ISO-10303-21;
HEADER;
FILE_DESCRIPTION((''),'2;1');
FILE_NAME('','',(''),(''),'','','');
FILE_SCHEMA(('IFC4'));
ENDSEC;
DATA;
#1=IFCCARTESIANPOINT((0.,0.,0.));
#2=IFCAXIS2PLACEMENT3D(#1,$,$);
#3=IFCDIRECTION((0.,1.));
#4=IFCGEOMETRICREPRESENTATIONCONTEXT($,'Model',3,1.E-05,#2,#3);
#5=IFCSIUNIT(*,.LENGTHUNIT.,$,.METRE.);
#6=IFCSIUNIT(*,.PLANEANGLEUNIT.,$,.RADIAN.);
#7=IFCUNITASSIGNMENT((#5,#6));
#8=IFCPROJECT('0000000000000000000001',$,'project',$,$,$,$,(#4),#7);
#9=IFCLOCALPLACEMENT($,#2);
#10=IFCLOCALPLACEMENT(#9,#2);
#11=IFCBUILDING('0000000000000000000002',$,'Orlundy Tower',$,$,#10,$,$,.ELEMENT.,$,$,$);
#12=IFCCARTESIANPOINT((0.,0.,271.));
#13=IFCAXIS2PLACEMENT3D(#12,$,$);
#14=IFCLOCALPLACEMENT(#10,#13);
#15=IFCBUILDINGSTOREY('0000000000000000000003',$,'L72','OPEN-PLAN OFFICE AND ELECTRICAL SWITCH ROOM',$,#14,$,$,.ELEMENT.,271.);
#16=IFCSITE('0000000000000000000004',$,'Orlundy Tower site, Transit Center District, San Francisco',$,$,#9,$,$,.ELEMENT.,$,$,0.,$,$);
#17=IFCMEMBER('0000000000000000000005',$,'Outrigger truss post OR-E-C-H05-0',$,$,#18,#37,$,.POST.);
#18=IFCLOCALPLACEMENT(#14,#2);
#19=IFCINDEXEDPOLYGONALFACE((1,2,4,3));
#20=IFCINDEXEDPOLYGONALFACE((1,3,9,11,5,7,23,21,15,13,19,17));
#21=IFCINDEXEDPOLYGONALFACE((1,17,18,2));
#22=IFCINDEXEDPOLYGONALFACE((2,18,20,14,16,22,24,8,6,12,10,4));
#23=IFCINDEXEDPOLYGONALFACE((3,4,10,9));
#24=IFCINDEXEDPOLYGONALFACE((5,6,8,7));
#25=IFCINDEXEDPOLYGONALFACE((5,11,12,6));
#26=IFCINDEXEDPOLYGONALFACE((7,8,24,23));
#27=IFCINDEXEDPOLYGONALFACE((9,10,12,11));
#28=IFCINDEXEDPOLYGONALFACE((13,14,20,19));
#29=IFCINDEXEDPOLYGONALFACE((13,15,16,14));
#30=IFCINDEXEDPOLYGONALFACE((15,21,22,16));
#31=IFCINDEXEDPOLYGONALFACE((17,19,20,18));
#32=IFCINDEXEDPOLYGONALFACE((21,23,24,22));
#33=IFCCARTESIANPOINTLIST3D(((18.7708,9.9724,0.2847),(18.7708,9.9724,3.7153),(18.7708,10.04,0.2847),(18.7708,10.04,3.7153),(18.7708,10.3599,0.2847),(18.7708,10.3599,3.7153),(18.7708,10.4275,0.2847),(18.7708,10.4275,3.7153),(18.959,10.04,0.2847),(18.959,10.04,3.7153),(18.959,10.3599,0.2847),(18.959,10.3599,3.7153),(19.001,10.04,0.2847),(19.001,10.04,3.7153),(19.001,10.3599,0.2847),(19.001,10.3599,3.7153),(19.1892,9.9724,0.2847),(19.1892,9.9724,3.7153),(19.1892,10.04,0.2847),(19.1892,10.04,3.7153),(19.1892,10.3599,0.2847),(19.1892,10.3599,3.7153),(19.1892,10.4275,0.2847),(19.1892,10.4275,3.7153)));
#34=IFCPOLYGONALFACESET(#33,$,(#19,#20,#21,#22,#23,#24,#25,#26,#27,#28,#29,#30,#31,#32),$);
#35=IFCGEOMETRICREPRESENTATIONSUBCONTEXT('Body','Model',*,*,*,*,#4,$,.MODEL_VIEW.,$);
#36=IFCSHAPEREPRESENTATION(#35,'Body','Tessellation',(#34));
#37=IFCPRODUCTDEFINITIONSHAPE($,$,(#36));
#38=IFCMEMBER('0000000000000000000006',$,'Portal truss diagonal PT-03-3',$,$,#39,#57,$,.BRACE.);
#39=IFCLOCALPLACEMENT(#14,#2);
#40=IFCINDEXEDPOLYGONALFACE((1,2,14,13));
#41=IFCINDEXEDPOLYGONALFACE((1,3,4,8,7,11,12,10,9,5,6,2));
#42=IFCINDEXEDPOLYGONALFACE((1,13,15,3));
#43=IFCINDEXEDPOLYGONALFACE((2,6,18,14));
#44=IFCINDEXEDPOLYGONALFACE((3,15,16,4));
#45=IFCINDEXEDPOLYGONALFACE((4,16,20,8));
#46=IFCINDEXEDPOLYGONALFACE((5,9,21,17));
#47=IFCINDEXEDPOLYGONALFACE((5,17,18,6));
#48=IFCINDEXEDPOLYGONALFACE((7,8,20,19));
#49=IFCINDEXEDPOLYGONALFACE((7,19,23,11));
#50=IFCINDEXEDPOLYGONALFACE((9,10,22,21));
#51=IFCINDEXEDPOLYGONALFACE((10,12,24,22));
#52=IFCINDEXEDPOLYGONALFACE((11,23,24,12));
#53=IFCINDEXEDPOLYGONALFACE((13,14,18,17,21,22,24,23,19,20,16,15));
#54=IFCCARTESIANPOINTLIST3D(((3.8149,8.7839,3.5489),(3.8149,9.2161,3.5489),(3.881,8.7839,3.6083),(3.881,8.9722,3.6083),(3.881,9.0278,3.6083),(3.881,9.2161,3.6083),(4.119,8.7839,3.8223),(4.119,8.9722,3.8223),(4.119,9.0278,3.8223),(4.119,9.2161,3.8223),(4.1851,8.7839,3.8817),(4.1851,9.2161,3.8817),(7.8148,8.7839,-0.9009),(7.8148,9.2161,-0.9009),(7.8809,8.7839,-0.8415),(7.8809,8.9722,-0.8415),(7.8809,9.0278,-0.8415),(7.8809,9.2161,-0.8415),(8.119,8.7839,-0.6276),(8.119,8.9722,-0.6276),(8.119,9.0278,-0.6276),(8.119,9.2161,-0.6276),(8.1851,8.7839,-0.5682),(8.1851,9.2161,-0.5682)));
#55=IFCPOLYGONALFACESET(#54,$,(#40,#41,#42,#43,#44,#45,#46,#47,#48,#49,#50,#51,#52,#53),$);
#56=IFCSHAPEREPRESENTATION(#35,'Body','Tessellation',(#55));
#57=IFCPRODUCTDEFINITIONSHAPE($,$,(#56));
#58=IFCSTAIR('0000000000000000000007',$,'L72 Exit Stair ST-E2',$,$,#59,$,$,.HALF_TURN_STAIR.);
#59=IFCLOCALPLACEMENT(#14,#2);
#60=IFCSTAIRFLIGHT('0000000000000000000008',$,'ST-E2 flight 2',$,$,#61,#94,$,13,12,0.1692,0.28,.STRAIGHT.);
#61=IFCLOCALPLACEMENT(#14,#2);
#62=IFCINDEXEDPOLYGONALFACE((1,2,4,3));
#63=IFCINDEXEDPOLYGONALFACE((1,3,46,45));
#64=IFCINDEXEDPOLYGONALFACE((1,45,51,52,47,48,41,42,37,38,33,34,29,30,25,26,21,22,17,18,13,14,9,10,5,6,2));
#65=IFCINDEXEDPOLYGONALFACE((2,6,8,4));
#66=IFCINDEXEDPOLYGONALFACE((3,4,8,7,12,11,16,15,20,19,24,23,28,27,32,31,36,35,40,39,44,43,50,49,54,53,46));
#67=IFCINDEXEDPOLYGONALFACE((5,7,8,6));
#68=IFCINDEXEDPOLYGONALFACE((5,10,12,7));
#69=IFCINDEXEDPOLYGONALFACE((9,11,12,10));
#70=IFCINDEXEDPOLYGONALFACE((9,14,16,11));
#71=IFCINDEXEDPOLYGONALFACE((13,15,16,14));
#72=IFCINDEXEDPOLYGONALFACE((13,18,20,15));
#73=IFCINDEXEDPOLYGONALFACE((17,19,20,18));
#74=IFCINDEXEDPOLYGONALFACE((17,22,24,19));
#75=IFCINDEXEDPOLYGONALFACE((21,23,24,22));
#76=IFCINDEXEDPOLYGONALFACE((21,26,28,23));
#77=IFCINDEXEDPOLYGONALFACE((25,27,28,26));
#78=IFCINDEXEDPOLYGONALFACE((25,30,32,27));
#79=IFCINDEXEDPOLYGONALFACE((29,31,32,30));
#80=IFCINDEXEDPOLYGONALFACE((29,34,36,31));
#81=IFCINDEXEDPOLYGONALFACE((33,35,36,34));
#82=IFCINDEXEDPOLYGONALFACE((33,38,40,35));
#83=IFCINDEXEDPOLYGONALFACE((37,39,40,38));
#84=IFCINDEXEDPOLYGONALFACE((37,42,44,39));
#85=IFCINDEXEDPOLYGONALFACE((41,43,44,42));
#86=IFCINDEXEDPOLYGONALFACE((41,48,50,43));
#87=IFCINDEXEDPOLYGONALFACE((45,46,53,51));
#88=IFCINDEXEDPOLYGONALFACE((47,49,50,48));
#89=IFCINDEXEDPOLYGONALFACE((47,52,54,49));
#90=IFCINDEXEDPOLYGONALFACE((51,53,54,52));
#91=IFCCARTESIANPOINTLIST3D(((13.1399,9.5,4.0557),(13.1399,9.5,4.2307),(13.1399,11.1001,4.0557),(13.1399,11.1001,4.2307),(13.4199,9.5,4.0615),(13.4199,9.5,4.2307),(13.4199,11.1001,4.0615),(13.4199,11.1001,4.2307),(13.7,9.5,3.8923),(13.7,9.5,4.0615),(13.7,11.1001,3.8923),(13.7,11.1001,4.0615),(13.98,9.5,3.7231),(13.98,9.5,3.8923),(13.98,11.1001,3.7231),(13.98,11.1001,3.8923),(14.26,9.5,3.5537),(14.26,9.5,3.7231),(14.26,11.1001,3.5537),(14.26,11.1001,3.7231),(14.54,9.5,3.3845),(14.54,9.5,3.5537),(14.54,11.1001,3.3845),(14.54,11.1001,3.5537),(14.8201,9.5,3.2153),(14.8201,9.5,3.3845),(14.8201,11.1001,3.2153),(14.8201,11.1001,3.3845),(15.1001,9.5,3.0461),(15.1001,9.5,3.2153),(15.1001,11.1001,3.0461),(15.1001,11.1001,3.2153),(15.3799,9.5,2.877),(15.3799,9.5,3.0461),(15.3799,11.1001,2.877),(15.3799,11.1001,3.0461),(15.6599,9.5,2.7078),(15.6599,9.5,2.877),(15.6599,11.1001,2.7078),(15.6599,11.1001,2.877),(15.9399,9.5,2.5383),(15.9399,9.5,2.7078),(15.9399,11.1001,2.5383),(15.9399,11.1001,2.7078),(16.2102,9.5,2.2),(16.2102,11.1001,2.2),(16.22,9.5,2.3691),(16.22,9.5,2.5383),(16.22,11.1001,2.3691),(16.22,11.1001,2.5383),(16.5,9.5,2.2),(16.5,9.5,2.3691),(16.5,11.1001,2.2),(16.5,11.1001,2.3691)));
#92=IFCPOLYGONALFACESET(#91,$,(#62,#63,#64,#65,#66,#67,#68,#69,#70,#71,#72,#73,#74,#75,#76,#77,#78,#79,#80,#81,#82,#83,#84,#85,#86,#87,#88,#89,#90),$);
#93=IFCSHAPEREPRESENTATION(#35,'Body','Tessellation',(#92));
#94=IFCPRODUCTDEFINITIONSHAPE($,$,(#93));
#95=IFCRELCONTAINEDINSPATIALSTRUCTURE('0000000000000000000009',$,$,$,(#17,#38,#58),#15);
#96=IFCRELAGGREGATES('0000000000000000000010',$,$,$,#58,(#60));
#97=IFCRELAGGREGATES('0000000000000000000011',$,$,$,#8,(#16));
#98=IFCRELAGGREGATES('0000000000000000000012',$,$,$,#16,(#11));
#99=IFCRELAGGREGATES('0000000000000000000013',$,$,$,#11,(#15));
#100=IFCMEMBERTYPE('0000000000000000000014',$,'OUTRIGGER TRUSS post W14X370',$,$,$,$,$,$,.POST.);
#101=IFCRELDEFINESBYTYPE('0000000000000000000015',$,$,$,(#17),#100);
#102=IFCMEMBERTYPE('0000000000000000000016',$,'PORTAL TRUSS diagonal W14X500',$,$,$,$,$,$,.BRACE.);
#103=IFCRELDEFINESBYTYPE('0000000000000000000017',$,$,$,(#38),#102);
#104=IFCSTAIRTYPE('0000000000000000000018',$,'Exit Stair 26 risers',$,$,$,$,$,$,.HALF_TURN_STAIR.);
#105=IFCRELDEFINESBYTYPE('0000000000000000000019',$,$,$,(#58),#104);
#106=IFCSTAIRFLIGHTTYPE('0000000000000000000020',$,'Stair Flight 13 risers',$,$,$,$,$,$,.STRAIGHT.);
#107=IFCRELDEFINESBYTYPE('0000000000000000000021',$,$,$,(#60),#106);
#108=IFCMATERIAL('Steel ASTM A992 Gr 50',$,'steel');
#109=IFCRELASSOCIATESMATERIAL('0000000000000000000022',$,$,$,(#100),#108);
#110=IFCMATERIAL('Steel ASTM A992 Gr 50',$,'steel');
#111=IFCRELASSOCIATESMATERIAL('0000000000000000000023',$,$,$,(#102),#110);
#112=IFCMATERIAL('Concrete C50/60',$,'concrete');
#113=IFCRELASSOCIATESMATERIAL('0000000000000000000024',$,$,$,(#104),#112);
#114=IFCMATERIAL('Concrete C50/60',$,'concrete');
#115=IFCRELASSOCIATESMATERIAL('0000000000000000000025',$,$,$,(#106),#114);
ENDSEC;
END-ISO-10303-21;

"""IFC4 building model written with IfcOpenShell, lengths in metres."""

from ifc_helpers import new_model, si_unit, direction, frame, origin, origin_2d, place, context, subcontext, project, spatial, polyline, i_section, outline, extrude, material, material_profile, profile_set, type_object, element, aggregate, save


model = new_model("IFC4")

# Units and contexts
model_context = context("Model", 3, precision=1e-05, world=origin(), true_north=direction((0.0, 1.0)))
body_context = subcontext(model_context, "Body", "Model", "MODEL_VIEW")
ifc_project = project(units=[si_unit("LENGTHUNIT", "METRE"), si_unit("PLANEANGLEUNIT", "RADIAN")], contexts=[model_context])

# Site, building, storey
site_placement = place(None, origin())
site = spatial("IfcSite", under=ifc_project, at=site_placement, Name="Orlundy Tower site, Transit Center District, San Francisco", CompositionType="ELEMENT", RefElevation=0.0)
building_placement = place(site_placement, origin())
building = spatial("IfcBuilding", under=site, at=building_placement, Name="Orlundy Tower", CompositionType="ELEMENT")
storey_placement = place(building_placement, frame((0.0, 0.0, 271.0)))
storey = spatial("IfcBuildingStorey", under=building, at=storey_placement, Name="L72", Description="OPEN-PLAN OFFICE AND ELECTRICAL SWITCH ROOM", CompositionType="ELEMENT", Elevation=271.0)

# Members
ifc_material_1 = material(Name="Steel ASTM A992 Gr 50", Category="steel")
ifc_material_profile_1 = material_profile(ifc_material_1, i_section(OverallWidth=0.4185, OverallDepth=0.4551, WebThickness=0.042, FlangeThickness=0.0676, at=origin_2d()), Name="W14X370")
ifc_profile_set_1 = profile_set([ifc_material_profile_1], Name="Steel ASTM A992 Gr 50")
member_type_1 = type_object("IfcMemberType", Name="OUTRIGGER TRUSS post W14X370", PredefinedType="POST", material=ifc_profile_set_1)
for number, where, z_axis, x_axis, name in (
    (1, (18.98, 10.2, 0.2847), (0.0, 0.0, 1.0), (1.0, 0.0, 0.0), "Outrigger truss post OR-E-C-H05-0"),
):
    element("IfcMember", number, at=place(storey_placement, frame(where, z_axis=z_axis, x_axis=x_axis)), inside=storey, type_object=member_type_1, Name=name, PredefinedType="POST", context=body_context, shape_type="SweptSolid", body=[
        extrude(i_section(OverallWidth=0.4185, OverallDepth=0.4551, WebThickness=0.042, FlangeThickness=0.0676, at=origin_2d()), origin(), (0.0, 0.0, 1.0), 3.4307),
    ])
ifc_material_2 = material(Name="Steel ASTM A992 Gr 50", Category="steel")
ifc_material_profile_2 = material_profile(ifc_material_2, i_section(OverallWidth=0.4321, OverallDepth=0.4978, WebThickness=0.0557, FlangeThickness=0.0889, at=origin_2d()), Name="W14X500")
ifc_profile_set_2 = profile_set([ifc_material_profile_2], Name="Steel ASTM A992 Gr 50")
member_type_2 = type_object("IfcMemberType", Name="PORTAL TRUSS diagonal W14X500", PredefinedType="BRACE", material=ifc_profile_set_2)
member_1_placement = place(storey_placement, frame((4.0, 9.0, 3.7153), z_axis=(0.668507, 0.0, -0.743706), x_axis=(0.0, 1.0, 0.0)))
element("IfcMember", 2, at=member_1_placement, inside=storey, type_object=member_type_2, Name="Portal truss diagonal PT-03-3", PredefinedType="BRACE", context=body_context, shape_type="SweptSolid", body=[
    extrude(i_section(OverallWidth=0.4321, OverallDepth=0.4978, WebThickness=0.0557, FlangeThickness=0.0889, at=origin_2d()), origin(), (0.0, 0.0, 1.0), 5.9834),
])

# Stair, stair flight
ifc_material_3 = material(Name="Concrete C50/60", Category="concrete")
stair_type = type_object("IfcStairType", Name="Exit Stair 26 risers", PredefinedType="HALF_TURN_STAIR", material=ifc_material_3)
stair_placement = place(storey_placement, origin())
stair = element("IfcStair", 3, at=stair_placement, inside=storey, type_object=stair_type, Name="L72 Exit Stair ST-E2", PredefinedType="HALF_TURN_STAIR")
ifc_material_4 = material(Name="Concrete C50/60", Category="concrete")
stair_flight_type = type_object("IfcStairFlightType", Name="Stair Flight 13 risers", PredefinedType="STRAIGHT", material=ifc_material_4)
stair_flight_placement = place(storey_placement, frame((16.5, 10.3, 2.2), z_axis=(0.0, 0.0, 1.0), x_axis=(-1.0, 0.0, 0.0)))
stair_flight = element("IfcStairFlight", 4, at=stair_flight_placement, type_object=stair_flight_type, Name="ST-E2 flight 2", NumberOfRisers=13, NumberOfTreads=12, PredefinedType="STRAIGHT", RiserHeight=0.1692, TreadLength=0.28, context=body_context, shape_type="SweptSolid", body=[
    extrude(outline(polyline([(0.0, 0.0), (0.0, 0.1692), (0.28, 0.1692), (0.28, 0.3384), (0.5601, 0.3384), (0.5601, 0.5078), (0.8401, 0.5078), (0.8401, 0.677), (1.1201, 0.677), (1.1201, 0.8462), (1.3999, 0.8462), (1.3999, 1.0154), (1.6799, 1.0154), (1.6799, 1.1846), (1.96, 1.1846), (1.96, 1.3538), (2.24, 1.3538), (2.24, 1.5232), (2.52, 1.5232), (2.52, 1.6924), (2.8, 1.6924), (2.8, 1.8616), (3.0801, 1.8616), (3.0801, 2.0308), (3.3601, 2.0308), (3.3601, 2.2), (3.3601, 1.8557), (0.2898, 0.0), (0.0, 0.0)])), frame((0.0, 0.8, 0.0), z_axis=(0.0, -1.0, 0.0), x_axis=(1.0, 0.0, 0.0)), (0.0, 0.0, 1.0), 1.6001),
])
aggregate(stair, [stair_flight])

save(model, "model.ifc")
